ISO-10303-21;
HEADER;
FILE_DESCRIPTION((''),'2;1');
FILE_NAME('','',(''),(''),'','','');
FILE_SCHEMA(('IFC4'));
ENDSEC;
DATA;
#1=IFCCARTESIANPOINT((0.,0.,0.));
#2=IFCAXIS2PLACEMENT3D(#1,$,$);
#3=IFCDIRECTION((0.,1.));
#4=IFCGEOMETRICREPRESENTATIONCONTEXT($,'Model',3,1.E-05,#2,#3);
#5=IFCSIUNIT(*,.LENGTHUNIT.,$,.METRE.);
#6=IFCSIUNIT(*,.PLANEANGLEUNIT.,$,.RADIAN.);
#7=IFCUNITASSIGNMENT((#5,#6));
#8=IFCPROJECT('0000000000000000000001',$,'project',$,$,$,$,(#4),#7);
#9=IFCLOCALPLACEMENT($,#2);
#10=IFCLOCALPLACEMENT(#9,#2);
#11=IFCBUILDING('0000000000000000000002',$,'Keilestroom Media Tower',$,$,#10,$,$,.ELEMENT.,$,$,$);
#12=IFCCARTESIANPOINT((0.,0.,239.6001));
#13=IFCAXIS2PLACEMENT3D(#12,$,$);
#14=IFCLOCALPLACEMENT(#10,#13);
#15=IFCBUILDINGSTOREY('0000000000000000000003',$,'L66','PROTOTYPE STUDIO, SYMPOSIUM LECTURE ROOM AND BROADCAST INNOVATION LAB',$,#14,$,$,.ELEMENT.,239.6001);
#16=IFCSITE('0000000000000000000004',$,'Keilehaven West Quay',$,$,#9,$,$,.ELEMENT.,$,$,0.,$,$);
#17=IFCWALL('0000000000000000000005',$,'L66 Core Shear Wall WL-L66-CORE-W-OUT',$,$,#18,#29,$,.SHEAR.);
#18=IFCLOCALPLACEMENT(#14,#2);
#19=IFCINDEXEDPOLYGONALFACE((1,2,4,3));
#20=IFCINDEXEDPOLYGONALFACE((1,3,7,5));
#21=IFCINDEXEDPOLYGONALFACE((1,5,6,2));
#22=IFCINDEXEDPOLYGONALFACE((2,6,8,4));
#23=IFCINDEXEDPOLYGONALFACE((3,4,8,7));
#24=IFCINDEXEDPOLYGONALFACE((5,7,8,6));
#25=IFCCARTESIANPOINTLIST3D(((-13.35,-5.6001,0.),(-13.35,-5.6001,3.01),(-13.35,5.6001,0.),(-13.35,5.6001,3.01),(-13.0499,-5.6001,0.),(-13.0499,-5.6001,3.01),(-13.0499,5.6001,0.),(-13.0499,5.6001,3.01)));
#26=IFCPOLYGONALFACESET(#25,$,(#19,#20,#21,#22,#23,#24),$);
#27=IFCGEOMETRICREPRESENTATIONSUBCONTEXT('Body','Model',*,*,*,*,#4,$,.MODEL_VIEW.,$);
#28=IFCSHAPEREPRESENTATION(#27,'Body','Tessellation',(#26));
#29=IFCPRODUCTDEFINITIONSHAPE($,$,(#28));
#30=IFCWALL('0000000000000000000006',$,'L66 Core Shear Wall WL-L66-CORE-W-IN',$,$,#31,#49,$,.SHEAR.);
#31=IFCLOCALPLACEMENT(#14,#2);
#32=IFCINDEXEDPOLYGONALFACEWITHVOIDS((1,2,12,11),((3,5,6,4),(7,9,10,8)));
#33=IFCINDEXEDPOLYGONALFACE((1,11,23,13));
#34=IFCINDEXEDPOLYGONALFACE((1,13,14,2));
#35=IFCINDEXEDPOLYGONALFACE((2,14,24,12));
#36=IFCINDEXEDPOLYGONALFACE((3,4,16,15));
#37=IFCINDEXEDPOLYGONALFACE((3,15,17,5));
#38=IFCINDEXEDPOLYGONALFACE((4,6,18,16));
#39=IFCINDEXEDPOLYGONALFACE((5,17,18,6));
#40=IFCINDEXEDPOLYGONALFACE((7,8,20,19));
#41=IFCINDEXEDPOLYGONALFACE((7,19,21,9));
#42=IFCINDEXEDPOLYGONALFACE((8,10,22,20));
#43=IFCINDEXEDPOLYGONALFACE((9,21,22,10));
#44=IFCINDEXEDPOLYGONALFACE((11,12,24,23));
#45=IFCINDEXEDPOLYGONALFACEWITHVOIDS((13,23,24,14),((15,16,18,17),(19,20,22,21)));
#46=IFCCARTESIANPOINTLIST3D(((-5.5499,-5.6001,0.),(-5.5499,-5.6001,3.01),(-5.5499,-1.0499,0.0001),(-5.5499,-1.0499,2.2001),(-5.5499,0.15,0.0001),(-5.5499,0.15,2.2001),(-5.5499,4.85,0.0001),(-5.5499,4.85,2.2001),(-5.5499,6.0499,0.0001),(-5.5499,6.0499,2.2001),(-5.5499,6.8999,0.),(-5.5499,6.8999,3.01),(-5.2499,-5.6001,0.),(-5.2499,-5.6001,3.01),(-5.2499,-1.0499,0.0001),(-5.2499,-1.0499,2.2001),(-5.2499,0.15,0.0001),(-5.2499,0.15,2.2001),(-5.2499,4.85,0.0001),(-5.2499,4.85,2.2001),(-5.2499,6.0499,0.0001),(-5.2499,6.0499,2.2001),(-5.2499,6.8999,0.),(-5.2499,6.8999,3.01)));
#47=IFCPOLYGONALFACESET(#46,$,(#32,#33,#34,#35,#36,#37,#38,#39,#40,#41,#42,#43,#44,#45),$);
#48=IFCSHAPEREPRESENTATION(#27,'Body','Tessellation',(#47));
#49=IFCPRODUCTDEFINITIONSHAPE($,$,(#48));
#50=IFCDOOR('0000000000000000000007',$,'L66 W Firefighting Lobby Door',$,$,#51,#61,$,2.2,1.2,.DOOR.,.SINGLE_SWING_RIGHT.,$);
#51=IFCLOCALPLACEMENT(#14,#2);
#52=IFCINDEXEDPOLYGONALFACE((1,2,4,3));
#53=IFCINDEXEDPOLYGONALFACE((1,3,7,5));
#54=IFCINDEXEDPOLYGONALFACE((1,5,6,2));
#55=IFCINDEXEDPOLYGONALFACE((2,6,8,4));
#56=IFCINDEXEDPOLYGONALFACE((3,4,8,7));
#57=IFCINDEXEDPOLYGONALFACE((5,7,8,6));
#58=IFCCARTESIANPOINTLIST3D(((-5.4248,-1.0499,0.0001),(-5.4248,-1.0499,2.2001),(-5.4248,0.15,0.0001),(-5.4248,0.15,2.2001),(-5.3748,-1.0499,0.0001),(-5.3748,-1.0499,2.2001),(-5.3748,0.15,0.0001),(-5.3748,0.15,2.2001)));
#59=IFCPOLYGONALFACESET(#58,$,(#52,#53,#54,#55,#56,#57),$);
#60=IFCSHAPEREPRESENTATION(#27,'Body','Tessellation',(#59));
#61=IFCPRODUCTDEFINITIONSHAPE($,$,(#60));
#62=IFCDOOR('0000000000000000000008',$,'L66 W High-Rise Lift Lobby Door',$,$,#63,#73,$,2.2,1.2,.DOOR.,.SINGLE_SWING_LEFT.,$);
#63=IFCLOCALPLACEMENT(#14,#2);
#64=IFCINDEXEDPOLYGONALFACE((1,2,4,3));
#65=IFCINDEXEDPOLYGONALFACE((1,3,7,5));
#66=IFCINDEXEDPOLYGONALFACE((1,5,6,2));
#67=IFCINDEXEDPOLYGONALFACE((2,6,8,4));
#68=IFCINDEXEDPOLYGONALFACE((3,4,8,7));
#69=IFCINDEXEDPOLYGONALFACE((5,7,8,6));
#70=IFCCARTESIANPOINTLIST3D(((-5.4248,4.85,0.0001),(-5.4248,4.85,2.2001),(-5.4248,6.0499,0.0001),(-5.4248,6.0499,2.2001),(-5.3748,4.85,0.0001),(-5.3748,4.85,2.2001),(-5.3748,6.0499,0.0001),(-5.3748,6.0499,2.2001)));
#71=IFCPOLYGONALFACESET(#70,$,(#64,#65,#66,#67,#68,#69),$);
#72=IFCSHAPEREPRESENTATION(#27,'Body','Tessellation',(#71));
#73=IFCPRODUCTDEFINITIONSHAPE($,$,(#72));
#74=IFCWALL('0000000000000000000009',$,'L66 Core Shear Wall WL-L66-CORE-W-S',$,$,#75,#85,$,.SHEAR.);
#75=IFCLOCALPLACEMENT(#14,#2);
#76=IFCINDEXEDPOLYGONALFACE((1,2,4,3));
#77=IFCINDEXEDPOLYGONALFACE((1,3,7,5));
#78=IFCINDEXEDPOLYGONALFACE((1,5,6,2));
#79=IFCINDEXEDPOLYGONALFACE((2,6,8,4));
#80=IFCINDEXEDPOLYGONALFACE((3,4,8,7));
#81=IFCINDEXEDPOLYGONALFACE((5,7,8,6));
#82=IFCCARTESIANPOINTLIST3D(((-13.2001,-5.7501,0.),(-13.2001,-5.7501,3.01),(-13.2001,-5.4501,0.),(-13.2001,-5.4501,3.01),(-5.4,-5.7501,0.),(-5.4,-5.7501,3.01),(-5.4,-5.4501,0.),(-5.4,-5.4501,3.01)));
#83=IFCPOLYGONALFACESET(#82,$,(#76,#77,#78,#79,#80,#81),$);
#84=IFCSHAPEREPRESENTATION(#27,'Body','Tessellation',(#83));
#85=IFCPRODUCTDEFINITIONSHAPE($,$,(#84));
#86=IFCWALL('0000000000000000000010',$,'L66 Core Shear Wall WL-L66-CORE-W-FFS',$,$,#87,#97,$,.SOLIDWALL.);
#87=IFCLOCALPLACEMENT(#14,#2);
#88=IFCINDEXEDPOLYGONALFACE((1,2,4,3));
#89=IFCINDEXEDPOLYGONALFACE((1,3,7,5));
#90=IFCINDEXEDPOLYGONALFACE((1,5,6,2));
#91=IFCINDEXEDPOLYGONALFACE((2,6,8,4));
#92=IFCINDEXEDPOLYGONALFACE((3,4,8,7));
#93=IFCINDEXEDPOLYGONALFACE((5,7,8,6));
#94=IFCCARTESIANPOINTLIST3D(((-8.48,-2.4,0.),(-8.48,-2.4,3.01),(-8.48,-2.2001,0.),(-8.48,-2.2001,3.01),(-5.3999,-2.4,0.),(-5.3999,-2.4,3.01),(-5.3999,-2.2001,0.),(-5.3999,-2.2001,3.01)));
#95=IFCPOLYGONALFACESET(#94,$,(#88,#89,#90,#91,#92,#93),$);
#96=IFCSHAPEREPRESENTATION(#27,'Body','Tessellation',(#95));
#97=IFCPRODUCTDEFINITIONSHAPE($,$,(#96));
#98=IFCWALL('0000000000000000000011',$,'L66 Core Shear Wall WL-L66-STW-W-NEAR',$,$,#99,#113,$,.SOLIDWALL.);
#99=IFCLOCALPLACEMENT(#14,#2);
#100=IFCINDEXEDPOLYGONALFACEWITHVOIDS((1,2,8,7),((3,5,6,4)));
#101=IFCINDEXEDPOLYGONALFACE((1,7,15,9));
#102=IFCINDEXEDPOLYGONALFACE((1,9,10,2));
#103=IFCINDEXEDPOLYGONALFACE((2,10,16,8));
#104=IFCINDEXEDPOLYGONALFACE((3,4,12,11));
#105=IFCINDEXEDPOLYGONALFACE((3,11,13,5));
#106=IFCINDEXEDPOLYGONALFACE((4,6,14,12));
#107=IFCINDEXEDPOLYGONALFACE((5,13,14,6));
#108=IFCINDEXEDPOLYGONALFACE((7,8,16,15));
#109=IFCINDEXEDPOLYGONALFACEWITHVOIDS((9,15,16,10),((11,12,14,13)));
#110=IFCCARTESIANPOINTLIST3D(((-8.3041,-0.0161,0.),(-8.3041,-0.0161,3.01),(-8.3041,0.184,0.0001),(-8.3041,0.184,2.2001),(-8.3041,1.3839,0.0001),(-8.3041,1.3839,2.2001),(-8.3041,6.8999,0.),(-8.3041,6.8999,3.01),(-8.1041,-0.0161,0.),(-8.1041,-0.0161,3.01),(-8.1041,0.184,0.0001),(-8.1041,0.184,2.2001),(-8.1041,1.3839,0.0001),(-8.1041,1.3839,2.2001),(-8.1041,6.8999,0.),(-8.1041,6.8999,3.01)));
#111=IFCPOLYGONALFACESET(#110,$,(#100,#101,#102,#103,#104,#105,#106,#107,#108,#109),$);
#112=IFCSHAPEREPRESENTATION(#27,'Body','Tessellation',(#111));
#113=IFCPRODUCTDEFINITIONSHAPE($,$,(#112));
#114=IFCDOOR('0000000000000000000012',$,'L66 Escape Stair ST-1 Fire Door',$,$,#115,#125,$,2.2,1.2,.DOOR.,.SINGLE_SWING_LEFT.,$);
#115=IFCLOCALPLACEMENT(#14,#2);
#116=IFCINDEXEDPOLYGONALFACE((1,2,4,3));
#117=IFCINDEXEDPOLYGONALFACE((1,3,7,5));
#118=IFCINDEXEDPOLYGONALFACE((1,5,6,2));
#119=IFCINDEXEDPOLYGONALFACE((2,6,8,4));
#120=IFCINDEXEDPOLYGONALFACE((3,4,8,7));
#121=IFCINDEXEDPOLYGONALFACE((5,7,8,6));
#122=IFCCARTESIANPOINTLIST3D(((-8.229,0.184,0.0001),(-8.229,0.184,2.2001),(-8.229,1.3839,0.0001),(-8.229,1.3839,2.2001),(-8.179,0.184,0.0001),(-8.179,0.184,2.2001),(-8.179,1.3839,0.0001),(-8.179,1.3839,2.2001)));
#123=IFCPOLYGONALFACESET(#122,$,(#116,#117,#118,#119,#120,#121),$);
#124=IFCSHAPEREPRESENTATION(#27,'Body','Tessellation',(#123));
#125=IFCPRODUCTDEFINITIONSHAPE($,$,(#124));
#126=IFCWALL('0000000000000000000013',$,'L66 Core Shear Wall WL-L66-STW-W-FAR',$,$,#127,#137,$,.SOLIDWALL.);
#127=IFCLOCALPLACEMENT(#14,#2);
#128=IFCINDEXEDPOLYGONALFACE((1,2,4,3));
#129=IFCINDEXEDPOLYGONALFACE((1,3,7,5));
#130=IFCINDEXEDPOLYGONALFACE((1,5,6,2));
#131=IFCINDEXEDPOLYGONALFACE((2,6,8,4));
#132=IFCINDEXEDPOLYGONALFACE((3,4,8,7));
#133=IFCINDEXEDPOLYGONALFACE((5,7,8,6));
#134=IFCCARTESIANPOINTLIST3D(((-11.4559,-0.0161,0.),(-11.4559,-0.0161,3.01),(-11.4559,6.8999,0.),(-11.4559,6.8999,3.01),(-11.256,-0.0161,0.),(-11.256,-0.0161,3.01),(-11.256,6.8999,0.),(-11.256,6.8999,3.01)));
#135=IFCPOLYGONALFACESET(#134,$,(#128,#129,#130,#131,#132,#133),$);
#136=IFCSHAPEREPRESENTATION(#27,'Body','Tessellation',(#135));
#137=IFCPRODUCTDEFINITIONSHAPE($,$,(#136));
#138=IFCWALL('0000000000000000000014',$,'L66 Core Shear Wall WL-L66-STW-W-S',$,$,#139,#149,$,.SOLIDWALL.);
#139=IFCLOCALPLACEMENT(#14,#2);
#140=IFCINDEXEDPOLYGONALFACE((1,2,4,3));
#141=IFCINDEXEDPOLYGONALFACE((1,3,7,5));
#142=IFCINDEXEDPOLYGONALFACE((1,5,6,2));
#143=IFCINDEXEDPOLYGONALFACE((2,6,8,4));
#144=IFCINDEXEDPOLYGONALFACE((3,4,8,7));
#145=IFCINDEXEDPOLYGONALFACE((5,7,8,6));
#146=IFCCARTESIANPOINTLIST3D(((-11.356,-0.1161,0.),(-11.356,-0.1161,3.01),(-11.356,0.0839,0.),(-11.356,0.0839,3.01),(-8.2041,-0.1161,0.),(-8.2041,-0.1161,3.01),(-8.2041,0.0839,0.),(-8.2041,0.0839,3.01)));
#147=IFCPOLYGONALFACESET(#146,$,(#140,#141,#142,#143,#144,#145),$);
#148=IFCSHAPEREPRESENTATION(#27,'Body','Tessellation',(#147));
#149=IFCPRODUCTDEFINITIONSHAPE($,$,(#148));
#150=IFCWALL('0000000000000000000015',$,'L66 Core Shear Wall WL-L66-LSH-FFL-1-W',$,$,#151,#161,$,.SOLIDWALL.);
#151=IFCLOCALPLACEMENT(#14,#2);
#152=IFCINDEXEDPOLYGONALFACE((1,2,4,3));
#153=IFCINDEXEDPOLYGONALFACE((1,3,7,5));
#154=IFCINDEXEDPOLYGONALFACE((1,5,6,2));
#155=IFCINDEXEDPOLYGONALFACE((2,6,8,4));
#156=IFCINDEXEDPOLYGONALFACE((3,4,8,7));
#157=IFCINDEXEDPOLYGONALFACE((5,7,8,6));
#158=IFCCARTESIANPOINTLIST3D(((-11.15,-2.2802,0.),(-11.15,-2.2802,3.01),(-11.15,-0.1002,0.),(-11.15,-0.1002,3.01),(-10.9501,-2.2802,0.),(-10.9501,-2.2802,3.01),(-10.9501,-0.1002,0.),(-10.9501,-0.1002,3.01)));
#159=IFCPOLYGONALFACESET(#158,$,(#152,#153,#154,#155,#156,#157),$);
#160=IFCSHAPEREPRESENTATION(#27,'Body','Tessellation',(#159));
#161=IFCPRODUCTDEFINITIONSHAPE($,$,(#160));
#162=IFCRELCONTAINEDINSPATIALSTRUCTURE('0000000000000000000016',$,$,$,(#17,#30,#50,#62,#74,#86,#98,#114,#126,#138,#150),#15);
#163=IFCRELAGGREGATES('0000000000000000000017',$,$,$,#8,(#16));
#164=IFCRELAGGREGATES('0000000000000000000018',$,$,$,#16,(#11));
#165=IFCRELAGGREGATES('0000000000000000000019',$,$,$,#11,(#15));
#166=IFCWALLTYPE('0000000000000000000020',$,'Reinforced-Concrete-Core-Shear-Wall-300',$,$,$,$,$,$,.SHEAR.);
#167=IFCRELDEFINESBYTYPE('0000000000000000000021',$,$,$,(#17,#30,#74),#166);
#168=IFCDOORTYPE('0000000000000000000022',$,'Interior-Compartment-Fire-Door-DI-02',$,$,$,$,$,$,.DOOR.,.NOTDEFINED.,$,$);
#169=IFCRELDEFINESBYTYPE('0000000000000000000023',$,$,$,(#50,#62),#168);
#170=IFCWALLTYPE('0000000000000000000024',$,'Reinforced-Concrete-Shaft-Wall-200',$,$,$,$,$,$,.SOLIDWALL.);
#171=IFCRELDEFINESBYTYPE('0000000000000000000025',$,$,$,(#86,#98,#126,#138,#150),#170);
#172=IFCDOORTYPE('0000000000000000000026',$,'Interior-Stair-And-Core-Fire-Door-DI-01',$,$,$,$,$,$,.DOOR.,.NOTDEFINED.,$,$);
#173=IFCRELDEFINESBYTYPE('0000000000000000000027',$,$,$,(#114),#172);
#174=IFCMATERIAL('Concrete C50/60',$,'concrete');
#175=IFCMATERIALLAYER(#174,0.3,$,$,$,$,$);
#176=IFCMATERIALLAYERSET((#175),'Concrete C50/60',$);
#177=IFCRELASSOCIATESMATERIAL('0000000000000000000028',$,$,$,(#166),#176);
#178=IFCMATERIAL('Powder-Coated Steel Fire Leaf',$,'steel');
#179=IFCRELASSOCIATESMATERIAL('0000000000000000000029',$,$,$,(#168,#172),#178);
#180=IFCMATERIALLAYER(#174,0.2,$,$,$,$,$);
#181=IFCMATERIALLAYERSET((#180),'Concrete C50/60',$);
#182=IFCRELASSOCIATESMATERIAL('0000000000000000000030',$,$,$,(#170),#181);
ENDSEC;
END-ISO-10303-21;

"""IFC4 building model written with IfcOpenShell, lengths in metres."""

from ifc_helpers import new_model, si_unit, direction, frame, frame_2d, origin, place, context, subcontext, project, spatial, rectangle, extrude, source, transform, mapped, material, layer, layer_set, type_object, element, fill, save


model = new_model("IFC4")

# Units and contexts
model_context = context("Model", 3, precision=1e-05, world=origin(), true_north=direction((0.0, 1.0)))
body_context = subcontext(model_context, "Body", "Model", "MODEL_VIEW")
ifc_project = project(units=[si_unit("LENGTHUNIT", "METRE"), si_unit("PLANEANGLEUNIT", "RADIAN")], contexts=[model_context])

# Site, building, storey
site_placement = place(None, origin())
site = spatial("IfcSite", under=ifc_project, at=site_placement, Name="Keilehaven West Quay", CompositionType="ELEMENT", RefElevation=0.0)
building_placement = place(site_placement, origin())
building = spatial("IfcBuilding", under=site, at=building_placement, Name="Keilestroom Media Tower", CompositionType="ELEMENT")
storey_placement = place(building_placement, frame((0.0, 0.0, 239.6001)))
storey = spatial("IfcBuildingStorey", under=building, at=storey_placement, Name="L66", Description="PROTOTYPE STUDIO, SYMPOSIUM LECTURE ROOM AND BROADCAST INNOVATION LAB", CompositionType="ELEMENT", Elevation=239.6001)

# Wall
ifc_material_1 = material(Name="Concrete C50/60", Category="concrete")
ifc_layer_1 = layer(ifc_material_1, 0.3)
ifc_layer_set_1 = layer_set([ifc_layer_1], Name="Concrete C50/60")
wall_type_1 = type_object("IfcWallType", Name="Reinforced-Concrete-Core-Shear-Wall-300", PredefinedType="SHEAR", material=ifc_layer_set_1)
wall_1_placement = place(storey_placement, frame((-13.2, -5.6001, 0.0), z_axis=(0.0, 0.0, 1.0), x_axis=(0.0, 1.0, 0.0)))
element("IfcWall", 1, at=wall_1_placement, inside=storey, type_object=wall_type_1, Name="L66 Core Shear Wall WL-L66-CORE-W-OUT", PredefinedType="SHEAR", context=body_context, shape_type="SweptSolid", body=[
    extrude(rectangle(XDim=11.2002, YDim=0.3, at=frame_2d((5.6001, 0.0))), origin(), (0.0, 0.0, 1.0), 3.01),
])

# Wall, openings, doors
wall_2_placement = place(storey_placement, frame((-5.3999, -5.6001, 0.0), z_axis=(0.0, 0.0, 1.0), x_axis=(0.0, 1.0, 0.0)))
wall_2 = element("IfcWall", 2, at=wall_2_placement, inside=storey, type_object=wall_type_1, Name="L66 Core Shear Wall WL-L66-CORE-W-IN", PredefinedType="SHEAR", context=body_context, shape_type="SweptSolid", body=[
    extrude(rectangle(XDim=12.5, YDim=0.3, at=frame_2d((6.25, 0.0))), origin(), (0.0, 0.0, 1.0), 3.01),
])
opening_1_placement = place(wall_2_placement, frame((4.55, 0.0, 0.0)))
opening_1 = element("IfcOpeningElement", 3, at=opening_1_placement, cuts=wall_2, PredefinedType="OPENING", context=body_context, shape_type="SweptSolid", body=[
    extrude(rectangle(XDim=1.2, YDim=2.2, at=frame_2d((0.6001, 1.1001))), frame((0.0, 0.1602, 0.0), z_axis=(0.0, -1.0, 0.0), x_axis=(1.0, 0.0, 0.0)), (0.0, 0.0, 1.0), 0.3201),
])
opening_2_placement = place(wall_2_placement, frame((10.45, 0.0, 0.0)))
opening_2 = element("IfcOpeningElement", 4, at=opening_2_placement, cuts=wall_2, PredefinedType="OPENING", context=body_context, shape_type="SweptSolid", body=[
    extrude(rectangle(XDim=1.2, YDim=2.2, at=frame_2d((0.6001, 1.1001))), frame((0.0, 0.1602, 0.0), z_axis=(0.0, -1.0, 0.0), x_axis=(1.0, 0.0, 0.0)), (0.0, 0.0, 1.0), 0.3201),
])
ifc_material_2 = material(Name="Powder-Coated Steel Fire Leaf", Category="steel")
door_type_1 = type_object("IfcDoorType", Name="Interior-Compartment-Fire-Door-DI-02", OperationType="NOTDEFINED", PredefinedType="DOOR", material=ifc_material_2)
shared_shape_1 = source(origin(), body_context, "Body", "SweptSolid", [
    extrude(rectangle(XDim=1.2, YDim=2.2, at=frame_2d((0.6001, 1.1001))), frame((0.0, 0.0249, 0.0), z_axis=(0.0, -1.0, 0.0), x_axis=(1.0, 0.0, 0.0)), (0.0, 0.0, 1.0), 0.05),
])
door_1_placement = place(opening_1_placement, origin())
door_1 = element("IfcDoor", 5, at=door_1_placement, inside=storey, type_object=door_type_1, Name="L66 W Firefighting Lobby Door", OperationType="SINGLE_SWING_RIGHT", OverallHeight=2.2, OverallWidth=1.2, PredefinedType="DOOR", context=body_context, shape_type="MappedRepresentation", body=[
    mapped(shared_shape_1, transform((0.0, 0.0, 0.0), x_axis=(1.0, 0.0, 0.0), y_axis=(0.0, 1.0, 0.0), z_axis=(0.0, 0.0, 1.0), scale=1.0)),
])
fill(opening_1, door_1)
door_2_placement = place(opening_2_placement, origin())
door_2 = element("IfcDoor", 6, at=door_2_placement, inside=storey, type_object=door_type_1, Name="L66 W High-Rise Lift Lobby Door", OperationType="SINGLE_SWING_LEFT", OverallHeight=2.2, OverallWidth=1.2, PredefinedType="DOOR", context=body_context, shape_type="MappedRepresentation", body=[
    mapped(shared_shape_1, transform((0.0, 0.0, 0.0), x_axis=(1.0, 0.0, 0.0), y_axis=(0.0, 1.0, 0.0), z_axis=(0.0, 0.0, 1.0), scale=1.0)),
])
fill(opening_2, door_2)

# Walls
wall_3_placement = place(storey_placement, frame((-13.2, -5.6001, 0.0), z_axis=(0.0, 0.0, 1.0), x_axis=(1.0, 0.0, 0.0)))
element("IfcWall", 7, at=wall_3_placement, inside=storey, type_object=wall_type_1, Name="L66 Core Shear Wall WL-L66-CORE-W-S", PredefinedType="SHEAR", context=body_context, shape_type="SweptSolid", body=[
    extrude(rectangle(XDim=7.8, YDim=0.3, at=frame_2d((3.8999, 0.0))), origin(), (0.0, 0.0, 1.0), 3.01),
])
ifc_layer_2 = layer(ifc_material_1, 0.2)
ifc_layer_set_2 = layer_set([ifc_layer_2], Name="Concrete C50/60")
wall_type_2 = type_object("IfcWallType", Name="Reinforced-Concrete-Shaft-Wall-200", PredefinedType="SOLIDWALL", material=ifc_layer_set_2)
wall_4_placement = place(storey_placement, frame((-8.48, -2.3, 0.0), z_axis=(0.0, 0.0, 1.0), x_axis=(1.0, 0.0, 0.0)))
element("IfcWall", 8, at=wall_4_placement, inside=storey, type_object=wall_type_2, Name="L66 Core Shear Wall WL-L66-CORE-W-FFS", PredefinedType="SOLIDWALL", context=body_context, shape_type="SweptSolid", body=[
    extrude(rectangle(XDim=3.0801, YDim=0.2, at=frame_2d((1.54, 0.0))), origin(), (0.0, 0.0, 1.0), 3.01),
])

# Wall, opening, door
wall_5_placement = place(storey_placement, frame((-8.2041, -0.0161, 0.0), z_axis=(0.0, 0.0, 1.0), x_axis=(0.0, 1.0, 0.0)))
wall_5 = element("IfcWall", 9, at=wall_5_placement, inside=storey, type_object=wall_type_2, Name="L66 Core Shear Wall WL-L66-STW-W-NEAR", PredefinedType="SOLIDWALL", context=body_context, shape_type="SweptSolid", body=[
    extrude(rectangle(XDim=6.916, YDim=0.2, at=frame_2d((3.458, 0.0))), origin(), (0.0, 0.0, 1.0), 3.01),
])
opening_3_placement = place(wall_5_placement, frame((0.2, 0.0, 0.0)))
opening_3 = element("IfcOpeningElement", 10, at=opening_3_placement, cuts=wall_5, PredefinedType="OPENING", context=body_context, shape_type="SweptSolid", body=[
    extrude(rectangle(XDim=1.2, YDim=2.2, at=frame_2d((0.6001, 1.1001))), frame((0.0, 0.1099, 0.0), z_axis=(0.0, -1.0, 0.0), x_axis=(1.0, 0.0, 0.0)), (0.0, 0.0, 1.0), 0.22),
])
door_type_2 = type_object("IfcDoorType", Name="Interior-Stair-And-Core-Fire-Door-DI-01", OperationType="NOTDEFINED", PredefinedType="DOOR", material=ifc_material_2)
door_3_placement = place(opening_3_placement, origin())
door_3 = element("IfcDoor", 11, at=door_3_placement, inside=storey, type_object=door_type_2, Name="L66 Escape Stair ST-1 Fire Door", OperationType="SINGLE_SWING_LEFT", OverallHeight=2.2, OverallWidth=1.2, PredefinedType="DOOR", context=body_context, shape_type="MappedRepresentation", body=[
    mapped(shared_shape_1, transform((0.0, 0.0, 0.0), x_axis=(1.0, 0.0, 0.0), y_axis=(0.0, 1.0, 0.0), z_axis=(0.0, 0.0, 1.0), scale=1.0)),
])
fill(opening_3, door_3)

# Walls
wall_6_placement = place(storey_placement, frame((-11.356, -0.0161, 0.0), z_axis=(0.0, 0.0, 1.0), x_axis=(0.0, 1.0, 0.0)))
element("IfcWall", 12, at=wall_6_placement, inside=storey, type_object=wall_type_2, Name="L66 Core Shear Wall WL-L66-STW-W-FAR", PredefinedType="SOLIDWALL", context=body_context, shape_type="SweptSolid", body=[
    extrude(rectangle(XDim=6.916, YDim=0.2, at=frame_2d((3.458, 0.0))), origin(), (0.0, 0.0, 1.0), 3.01),
])
wall_7_placement = place(storey_placement, frame((-11.356, -0.0161, 0.0), z_axis=(0.0, 0.0, 1.0), x_axis=(1.0, 0.0, 0.0)))
element("IfcWall", 13, at=wall_7_placement, inside=storey, type_object=wall_type_2, Name="L66 Core Shear Wall WL-L66-STW-W-S", PredefinedType="SOLIDWALL", context=body_context, shape_type="SweptSolid", body=[
    extrude(rectangle(XDim=3.1519, YDim=0.2, at=frame_2d((1.5759, 0.0))), origin(), (0.0, 0.0, 1.0), 3.01),
])
wall_8_placement = place(storey_placement, frame((-11.05, -2.28, 0.0), z_axis=(0.0, 0.0, 1.0), x_axis=(0.0, 1.0, 0.0)))
element("IfcWall", 14, at=wall_8_placement, inside=storey, type_object=wall_type_2, Name="L66 Core Shear Wall WL-L66-LSH-FFL-1-W", PredefinedType="SOLIDWALL", context=body_context, shape_type="SweptSolid", body=[
    extrude(rectangle(XDim=2.1799, YDim=0.2, at=frame_2d((1.0898, 0.0))), origin(), (0.0, 0.0, 1.0), 3.01),
])

save(model, "model.ifc")
